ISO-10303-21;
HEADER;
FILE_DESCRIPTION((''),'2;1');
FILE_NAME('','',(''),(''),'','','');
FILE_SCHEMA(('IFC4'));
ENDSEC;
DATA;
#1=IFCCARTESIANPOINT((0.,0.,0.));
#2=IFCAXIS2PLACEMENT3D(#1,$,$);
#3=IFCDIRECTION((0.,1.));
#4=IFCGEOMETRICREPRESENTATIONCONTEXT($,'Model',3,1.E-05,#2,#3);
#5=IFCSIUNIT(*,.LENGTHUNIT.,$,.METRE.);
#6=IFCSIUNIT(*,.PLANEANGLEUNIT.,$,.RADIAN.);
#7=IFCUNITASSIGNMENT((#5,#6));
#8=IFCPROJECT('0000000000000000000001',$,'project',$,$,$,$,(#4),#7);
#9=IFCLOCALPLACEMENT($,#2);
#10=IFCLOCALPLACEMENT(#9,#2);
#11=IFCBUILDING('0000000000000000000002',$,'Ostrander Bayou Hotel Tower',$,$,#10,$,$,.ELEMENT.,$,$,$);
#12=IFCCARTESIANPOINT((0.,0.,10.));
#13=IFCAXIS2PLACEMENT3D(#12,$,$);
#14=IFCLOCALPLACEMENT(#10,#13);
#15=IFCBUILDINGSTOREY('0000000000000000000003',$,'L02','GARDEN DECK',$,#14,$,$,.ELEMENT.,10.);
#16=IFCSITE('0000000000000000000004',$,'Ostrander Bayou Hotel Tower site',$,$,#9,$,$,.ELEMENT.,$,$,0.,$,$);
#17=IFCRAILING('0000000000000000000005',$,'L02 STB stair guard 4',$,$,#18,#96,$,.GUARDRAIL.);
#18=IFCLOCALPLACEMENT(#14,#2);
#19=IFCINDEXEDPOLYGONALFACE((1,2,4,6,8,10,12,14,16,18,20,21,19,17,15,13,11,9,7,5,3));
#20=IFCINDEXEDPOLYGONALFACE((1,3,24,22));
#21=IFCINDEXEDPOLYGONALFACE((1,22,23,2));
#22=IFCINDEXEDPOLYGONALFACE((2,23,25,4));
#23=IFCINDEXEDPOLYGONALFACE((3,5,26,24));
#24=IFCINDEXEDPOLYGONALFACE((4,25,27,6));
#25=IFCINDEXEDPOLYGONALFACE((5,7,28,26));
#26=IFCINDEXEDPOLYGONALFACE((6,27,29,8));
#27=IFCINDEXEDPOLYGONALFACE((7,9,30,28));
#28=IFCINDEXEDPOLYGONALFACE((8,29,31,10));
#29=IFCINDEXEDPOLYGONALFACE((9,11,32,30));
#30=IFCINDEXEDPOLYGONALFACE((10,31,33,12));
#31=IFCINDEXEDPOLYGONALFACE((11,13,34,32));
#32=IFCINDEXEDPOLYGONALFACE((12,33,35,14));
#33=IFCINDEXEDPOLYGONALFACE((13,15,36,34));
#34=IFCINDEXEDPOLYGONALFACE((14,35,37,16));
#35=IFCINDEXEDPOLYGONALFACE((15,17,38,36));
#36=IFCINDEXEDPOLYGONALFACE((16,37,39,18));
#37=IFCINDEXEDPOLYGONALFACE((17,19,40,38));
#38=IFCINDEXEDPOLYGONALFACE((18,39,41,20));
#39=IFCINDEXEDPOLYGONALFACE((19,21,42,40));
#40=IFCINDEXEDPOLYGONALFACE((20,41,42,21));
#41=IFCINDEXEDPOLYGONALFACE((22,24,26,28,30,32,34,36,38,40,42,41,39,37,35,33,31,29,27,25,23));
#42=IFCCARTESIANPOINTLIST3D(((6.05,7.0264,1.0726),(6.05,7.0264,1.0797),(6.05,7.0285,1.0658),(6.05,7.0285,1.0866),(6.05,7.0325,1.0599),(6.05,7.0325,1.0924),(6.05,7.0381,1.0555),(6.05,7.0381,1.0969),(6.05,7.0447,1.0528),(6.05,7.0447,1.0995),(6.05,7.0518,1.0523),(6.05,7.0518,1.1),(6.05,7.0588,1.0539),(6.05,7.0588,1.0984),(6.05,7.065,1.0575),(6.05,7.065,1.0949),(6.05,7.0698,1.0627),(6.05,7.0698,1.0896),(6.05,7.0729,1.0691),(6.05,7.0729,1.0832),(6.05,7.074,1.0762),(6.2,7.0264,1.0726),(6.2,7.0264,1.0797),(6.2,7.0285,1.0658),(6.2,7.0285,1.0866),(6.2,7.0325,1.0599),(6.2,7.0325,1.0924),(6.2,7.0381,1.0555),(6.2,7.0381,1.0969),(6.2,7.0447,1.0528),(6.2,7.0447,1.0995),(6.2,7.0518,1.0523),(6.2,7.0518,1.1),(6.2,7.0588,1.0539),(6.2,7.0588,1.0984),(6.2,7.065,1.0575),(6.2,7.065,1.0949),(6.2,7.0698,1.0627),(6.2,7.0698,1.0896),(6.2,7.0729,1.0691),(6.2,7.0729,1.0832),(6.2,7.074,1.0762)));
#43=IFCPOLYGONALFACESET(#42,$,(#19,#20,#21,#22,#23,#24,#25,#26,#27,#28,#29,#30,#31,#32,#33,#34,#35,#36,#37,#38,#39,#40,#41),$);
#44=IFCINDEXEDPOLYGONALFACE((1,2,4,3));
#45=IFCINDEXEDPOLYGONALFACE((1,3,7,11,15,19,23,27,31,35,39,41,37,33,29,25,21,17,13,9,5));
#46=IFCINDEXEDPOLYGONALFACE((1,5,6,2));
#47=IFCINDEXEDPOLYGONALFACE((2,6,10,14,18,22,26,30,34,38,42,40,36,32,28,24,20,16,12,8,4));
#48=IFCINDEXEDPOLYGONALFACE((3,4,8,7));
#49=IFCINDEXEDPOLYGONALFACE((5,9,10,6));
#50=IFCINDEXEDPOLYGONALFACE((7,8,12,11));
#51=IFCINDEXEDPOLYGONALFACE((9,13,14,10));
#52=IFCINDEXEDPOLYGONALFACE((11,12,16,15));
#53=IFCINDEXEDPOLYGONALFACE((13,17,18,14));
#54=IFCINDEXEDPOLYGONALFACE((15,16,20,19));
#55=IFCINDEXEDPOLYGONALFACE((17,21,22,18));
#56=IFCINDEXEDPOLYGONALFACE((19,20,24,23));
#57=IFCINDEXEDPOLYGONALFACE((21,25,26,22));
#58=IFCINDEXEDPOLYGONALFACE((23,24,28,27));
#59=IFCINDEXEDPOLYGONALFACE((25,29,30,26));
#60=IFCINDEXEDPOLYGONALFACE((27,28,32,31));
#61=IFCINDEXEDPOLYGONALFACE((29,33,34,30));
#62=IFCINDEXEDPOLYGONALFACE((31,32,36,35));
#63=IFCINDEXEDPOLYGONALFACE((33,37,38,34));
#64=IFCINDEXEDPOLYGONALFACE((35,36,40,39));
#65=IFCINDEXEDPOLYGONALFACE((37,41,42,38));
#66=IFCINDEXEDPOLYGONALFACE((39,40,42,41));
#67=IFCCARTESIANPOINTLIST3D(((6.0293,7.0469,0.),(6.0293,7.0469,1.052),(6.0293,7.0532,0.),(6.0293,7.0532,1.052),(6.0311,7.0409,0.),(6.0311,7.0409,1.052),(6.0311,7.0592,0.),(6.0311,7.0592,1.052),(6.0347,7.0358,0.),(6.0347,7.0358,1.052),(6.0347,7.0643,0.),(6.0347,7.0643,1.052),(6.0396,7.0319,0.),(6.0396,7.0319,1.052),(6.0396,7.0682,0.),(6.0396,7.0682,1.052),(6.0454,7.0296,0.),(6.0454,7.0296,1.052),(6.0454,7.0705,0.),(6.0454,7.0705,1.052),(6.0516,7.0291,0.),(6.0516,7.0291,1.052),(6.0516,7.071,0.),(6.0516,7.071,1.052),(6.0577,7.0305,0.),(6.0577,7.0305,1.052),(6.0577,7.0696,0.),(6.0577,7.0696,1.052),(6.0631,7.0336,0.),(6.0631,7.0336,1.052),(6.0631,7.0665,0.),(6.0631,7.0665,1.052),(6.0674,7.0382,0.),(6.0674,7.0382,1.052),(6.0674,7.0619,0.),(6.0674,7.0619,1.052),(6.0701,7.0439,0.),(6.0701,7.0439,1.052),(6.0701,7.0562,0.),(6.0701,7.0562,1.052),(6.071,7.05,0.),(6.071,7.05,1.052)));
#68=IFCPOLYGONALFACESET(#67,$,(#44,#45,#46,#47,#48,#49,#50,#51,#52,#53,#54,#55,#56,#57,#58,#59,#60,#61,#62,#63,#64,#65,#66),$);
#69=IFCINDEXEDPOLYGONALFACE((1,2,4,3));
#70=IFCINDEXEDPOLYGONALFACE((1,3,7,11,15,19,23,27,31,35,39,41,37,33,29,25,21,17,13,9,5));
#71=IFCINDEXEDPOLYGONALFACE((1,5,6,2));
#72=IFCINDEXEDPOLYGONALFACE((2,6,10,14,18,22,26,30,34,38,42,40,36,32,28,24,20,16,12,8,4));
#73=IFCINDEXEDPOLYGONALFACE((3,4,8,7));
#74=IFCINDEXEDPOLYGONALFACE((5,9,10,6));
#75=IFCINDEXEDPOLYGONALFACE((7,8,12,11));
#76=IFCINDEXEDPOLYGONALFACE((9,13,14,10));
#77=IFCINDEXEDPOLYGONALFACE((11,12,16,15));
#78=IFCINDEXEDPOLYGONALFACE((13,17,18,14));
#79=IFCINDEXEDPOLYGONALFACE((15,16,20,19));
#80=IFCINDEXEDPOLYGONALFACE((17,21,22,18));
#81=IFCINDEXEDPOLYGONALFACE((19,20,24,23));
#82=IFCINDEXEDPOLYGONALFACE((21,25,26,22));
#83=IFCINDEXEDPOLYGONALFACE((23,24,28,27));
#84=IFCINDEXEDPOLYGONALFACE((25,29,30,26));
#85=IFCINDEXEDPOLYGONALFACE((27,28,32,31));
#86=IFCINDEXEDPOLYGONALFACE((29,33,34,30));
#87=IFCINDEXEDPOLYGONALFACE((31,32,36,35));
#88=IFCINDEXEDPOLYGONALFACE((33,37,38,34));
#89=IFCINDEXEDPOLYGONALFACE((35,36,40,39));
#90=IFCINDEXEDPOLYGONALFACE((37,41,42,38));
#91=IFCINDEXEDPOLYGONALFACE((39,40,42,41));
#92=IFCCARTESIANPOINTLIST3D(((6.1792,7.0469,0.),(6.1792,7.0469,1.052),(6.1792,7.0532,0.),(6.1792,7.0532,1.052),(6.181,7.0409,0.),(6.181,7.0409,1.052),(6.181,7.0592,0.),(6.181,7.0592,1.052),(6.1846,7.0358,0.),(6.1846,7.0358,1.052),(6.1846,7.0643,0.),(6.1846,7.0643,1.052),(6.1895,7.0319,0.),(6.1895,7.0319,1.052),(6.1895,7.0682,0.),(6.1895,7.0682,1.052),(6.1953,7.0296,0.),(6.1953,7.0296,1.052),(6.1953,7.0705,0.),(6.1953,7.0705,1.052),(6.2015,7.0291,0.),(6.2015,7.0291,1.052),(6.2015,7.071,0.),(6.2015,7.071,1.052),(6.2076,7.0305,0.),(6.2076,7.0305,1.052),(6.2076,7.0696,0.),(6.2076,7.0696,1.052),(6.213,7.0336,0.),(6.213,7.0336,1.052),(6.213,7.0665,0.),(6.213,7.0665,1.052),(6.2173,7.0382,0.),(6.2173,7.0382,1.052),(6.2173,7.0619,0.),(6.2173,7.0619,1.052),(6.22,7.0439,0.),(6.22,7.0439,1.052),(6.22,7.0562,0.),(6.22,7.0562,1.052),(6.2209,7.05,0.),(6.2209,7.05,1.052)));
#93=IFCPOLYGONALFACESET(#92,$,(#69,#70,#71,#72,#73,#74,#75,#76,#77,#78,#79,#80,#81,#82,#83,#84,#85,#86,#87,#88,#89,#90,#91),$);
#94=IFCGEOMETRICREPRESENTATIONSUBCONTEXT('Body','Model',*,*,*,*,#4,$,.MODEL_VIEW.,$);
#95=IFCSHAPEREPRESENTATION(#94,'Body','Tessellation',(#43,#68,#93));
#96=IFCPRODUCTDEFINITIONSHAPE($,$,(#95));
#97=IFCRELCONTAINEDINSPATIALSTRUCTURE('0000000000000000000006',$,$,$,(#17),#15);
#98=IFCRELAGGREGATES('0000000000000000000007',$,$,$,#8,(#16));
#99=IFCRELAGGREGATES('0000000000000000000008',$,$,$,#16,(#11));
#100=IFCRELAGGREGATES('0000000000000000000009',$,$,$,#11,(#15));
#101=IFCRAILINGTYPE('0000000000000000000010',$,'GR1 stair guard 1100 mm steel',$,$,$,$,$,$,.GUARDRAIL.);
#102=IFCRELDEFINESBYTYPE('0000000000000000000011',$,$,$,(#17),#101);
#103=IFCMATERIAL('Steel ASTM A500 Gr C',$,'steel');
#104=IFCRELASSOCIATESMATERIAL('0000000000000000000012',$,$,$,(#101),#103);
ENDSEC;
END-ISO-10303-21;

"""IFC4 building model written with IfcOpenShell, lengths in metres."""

from ifc_helpers import new_model, si_unit, direction, frame, origin, origin_2d, place, context, subcontext, project, spatial, circle, extrude, material, type_object, element, save


model = new_model("IFC4")

# Units and contexts
model_context = context("Model", 3, precision=1e-05, world=origin(), true_north=direction((0.0, 1.0)))
body_context = subcontext(model_context, "Body", "Model", "MODEL_VIEW")
ifc_project = project(units=[si_unit("LENGTHUNIT", "METRE"), si_unit("PLANEANGLEUNIT", "RADIAN")], contexts=[model_context])

# Site, building, storey
site_placement = place(None, origin())
site = spatial("IfcSite", under=ifc_project, at=site_placement, Name="Ostrander Bayou Hotel Tower site", CompositionType="ELEMENT", RefElevation=0.0)
building_placement = place(site_placement, origin())
building = spatial("IfcBuilding", under=site, at=building_placement, Name="Ostrander Bayou Hotel Tower", CompositionType="ELEMENT")
storey_placement = place(building_placement, frame((0.0, 0.0, 10.0)))
storey = spatial("IfcBuildingStorey", under=building, at=storey_placement, Name="L02", Description="GARDEN DECK", CompositionType="ELEMENT", Elevation=10.0)

# Railing
ifc_material_1 = material(Name="Steel ASTM A500 Gr C", Category="steel")
railing_type_1 = type_object("IfcRailingType", Name="GR1 stair guard 1100 mm steel", PredefinedType="GUARDRAIL", material=ifc_material_1)
railing_1_placement = place(storey_placement, frame((6.05, 7.05, 0.0)))
element("IfcRailing", 1, at=railing_1_placement, inside=storey, type_object=railing_type_1, Name="L02 STB stair guard 4", PredefinedType="GUARDRAIL", context=body_context, shape_type="SweptSolid", body=[
    extrude(circle(Radius=0.0239, at=origin_2d()), frame((0.0, 0.0, 1.0762), z_axis=(1.0, 0.0, 0.0), x_axis=(0.0, 1.0, 0.0)), (0.0, 0.0, 1.0), 0.1499),
    extrude(circle(Radius=0.021, at=origin_2d()), origin(), (0.0, 0.0, 1.0), 1.052),
    extrude(circle(Radius=0.021, at=origin_2d()), frame((0.1499, 0.0, 0.0)), (0.0, 0.0, 1.0), 1.052),
])

save(model, "model.ifc")
